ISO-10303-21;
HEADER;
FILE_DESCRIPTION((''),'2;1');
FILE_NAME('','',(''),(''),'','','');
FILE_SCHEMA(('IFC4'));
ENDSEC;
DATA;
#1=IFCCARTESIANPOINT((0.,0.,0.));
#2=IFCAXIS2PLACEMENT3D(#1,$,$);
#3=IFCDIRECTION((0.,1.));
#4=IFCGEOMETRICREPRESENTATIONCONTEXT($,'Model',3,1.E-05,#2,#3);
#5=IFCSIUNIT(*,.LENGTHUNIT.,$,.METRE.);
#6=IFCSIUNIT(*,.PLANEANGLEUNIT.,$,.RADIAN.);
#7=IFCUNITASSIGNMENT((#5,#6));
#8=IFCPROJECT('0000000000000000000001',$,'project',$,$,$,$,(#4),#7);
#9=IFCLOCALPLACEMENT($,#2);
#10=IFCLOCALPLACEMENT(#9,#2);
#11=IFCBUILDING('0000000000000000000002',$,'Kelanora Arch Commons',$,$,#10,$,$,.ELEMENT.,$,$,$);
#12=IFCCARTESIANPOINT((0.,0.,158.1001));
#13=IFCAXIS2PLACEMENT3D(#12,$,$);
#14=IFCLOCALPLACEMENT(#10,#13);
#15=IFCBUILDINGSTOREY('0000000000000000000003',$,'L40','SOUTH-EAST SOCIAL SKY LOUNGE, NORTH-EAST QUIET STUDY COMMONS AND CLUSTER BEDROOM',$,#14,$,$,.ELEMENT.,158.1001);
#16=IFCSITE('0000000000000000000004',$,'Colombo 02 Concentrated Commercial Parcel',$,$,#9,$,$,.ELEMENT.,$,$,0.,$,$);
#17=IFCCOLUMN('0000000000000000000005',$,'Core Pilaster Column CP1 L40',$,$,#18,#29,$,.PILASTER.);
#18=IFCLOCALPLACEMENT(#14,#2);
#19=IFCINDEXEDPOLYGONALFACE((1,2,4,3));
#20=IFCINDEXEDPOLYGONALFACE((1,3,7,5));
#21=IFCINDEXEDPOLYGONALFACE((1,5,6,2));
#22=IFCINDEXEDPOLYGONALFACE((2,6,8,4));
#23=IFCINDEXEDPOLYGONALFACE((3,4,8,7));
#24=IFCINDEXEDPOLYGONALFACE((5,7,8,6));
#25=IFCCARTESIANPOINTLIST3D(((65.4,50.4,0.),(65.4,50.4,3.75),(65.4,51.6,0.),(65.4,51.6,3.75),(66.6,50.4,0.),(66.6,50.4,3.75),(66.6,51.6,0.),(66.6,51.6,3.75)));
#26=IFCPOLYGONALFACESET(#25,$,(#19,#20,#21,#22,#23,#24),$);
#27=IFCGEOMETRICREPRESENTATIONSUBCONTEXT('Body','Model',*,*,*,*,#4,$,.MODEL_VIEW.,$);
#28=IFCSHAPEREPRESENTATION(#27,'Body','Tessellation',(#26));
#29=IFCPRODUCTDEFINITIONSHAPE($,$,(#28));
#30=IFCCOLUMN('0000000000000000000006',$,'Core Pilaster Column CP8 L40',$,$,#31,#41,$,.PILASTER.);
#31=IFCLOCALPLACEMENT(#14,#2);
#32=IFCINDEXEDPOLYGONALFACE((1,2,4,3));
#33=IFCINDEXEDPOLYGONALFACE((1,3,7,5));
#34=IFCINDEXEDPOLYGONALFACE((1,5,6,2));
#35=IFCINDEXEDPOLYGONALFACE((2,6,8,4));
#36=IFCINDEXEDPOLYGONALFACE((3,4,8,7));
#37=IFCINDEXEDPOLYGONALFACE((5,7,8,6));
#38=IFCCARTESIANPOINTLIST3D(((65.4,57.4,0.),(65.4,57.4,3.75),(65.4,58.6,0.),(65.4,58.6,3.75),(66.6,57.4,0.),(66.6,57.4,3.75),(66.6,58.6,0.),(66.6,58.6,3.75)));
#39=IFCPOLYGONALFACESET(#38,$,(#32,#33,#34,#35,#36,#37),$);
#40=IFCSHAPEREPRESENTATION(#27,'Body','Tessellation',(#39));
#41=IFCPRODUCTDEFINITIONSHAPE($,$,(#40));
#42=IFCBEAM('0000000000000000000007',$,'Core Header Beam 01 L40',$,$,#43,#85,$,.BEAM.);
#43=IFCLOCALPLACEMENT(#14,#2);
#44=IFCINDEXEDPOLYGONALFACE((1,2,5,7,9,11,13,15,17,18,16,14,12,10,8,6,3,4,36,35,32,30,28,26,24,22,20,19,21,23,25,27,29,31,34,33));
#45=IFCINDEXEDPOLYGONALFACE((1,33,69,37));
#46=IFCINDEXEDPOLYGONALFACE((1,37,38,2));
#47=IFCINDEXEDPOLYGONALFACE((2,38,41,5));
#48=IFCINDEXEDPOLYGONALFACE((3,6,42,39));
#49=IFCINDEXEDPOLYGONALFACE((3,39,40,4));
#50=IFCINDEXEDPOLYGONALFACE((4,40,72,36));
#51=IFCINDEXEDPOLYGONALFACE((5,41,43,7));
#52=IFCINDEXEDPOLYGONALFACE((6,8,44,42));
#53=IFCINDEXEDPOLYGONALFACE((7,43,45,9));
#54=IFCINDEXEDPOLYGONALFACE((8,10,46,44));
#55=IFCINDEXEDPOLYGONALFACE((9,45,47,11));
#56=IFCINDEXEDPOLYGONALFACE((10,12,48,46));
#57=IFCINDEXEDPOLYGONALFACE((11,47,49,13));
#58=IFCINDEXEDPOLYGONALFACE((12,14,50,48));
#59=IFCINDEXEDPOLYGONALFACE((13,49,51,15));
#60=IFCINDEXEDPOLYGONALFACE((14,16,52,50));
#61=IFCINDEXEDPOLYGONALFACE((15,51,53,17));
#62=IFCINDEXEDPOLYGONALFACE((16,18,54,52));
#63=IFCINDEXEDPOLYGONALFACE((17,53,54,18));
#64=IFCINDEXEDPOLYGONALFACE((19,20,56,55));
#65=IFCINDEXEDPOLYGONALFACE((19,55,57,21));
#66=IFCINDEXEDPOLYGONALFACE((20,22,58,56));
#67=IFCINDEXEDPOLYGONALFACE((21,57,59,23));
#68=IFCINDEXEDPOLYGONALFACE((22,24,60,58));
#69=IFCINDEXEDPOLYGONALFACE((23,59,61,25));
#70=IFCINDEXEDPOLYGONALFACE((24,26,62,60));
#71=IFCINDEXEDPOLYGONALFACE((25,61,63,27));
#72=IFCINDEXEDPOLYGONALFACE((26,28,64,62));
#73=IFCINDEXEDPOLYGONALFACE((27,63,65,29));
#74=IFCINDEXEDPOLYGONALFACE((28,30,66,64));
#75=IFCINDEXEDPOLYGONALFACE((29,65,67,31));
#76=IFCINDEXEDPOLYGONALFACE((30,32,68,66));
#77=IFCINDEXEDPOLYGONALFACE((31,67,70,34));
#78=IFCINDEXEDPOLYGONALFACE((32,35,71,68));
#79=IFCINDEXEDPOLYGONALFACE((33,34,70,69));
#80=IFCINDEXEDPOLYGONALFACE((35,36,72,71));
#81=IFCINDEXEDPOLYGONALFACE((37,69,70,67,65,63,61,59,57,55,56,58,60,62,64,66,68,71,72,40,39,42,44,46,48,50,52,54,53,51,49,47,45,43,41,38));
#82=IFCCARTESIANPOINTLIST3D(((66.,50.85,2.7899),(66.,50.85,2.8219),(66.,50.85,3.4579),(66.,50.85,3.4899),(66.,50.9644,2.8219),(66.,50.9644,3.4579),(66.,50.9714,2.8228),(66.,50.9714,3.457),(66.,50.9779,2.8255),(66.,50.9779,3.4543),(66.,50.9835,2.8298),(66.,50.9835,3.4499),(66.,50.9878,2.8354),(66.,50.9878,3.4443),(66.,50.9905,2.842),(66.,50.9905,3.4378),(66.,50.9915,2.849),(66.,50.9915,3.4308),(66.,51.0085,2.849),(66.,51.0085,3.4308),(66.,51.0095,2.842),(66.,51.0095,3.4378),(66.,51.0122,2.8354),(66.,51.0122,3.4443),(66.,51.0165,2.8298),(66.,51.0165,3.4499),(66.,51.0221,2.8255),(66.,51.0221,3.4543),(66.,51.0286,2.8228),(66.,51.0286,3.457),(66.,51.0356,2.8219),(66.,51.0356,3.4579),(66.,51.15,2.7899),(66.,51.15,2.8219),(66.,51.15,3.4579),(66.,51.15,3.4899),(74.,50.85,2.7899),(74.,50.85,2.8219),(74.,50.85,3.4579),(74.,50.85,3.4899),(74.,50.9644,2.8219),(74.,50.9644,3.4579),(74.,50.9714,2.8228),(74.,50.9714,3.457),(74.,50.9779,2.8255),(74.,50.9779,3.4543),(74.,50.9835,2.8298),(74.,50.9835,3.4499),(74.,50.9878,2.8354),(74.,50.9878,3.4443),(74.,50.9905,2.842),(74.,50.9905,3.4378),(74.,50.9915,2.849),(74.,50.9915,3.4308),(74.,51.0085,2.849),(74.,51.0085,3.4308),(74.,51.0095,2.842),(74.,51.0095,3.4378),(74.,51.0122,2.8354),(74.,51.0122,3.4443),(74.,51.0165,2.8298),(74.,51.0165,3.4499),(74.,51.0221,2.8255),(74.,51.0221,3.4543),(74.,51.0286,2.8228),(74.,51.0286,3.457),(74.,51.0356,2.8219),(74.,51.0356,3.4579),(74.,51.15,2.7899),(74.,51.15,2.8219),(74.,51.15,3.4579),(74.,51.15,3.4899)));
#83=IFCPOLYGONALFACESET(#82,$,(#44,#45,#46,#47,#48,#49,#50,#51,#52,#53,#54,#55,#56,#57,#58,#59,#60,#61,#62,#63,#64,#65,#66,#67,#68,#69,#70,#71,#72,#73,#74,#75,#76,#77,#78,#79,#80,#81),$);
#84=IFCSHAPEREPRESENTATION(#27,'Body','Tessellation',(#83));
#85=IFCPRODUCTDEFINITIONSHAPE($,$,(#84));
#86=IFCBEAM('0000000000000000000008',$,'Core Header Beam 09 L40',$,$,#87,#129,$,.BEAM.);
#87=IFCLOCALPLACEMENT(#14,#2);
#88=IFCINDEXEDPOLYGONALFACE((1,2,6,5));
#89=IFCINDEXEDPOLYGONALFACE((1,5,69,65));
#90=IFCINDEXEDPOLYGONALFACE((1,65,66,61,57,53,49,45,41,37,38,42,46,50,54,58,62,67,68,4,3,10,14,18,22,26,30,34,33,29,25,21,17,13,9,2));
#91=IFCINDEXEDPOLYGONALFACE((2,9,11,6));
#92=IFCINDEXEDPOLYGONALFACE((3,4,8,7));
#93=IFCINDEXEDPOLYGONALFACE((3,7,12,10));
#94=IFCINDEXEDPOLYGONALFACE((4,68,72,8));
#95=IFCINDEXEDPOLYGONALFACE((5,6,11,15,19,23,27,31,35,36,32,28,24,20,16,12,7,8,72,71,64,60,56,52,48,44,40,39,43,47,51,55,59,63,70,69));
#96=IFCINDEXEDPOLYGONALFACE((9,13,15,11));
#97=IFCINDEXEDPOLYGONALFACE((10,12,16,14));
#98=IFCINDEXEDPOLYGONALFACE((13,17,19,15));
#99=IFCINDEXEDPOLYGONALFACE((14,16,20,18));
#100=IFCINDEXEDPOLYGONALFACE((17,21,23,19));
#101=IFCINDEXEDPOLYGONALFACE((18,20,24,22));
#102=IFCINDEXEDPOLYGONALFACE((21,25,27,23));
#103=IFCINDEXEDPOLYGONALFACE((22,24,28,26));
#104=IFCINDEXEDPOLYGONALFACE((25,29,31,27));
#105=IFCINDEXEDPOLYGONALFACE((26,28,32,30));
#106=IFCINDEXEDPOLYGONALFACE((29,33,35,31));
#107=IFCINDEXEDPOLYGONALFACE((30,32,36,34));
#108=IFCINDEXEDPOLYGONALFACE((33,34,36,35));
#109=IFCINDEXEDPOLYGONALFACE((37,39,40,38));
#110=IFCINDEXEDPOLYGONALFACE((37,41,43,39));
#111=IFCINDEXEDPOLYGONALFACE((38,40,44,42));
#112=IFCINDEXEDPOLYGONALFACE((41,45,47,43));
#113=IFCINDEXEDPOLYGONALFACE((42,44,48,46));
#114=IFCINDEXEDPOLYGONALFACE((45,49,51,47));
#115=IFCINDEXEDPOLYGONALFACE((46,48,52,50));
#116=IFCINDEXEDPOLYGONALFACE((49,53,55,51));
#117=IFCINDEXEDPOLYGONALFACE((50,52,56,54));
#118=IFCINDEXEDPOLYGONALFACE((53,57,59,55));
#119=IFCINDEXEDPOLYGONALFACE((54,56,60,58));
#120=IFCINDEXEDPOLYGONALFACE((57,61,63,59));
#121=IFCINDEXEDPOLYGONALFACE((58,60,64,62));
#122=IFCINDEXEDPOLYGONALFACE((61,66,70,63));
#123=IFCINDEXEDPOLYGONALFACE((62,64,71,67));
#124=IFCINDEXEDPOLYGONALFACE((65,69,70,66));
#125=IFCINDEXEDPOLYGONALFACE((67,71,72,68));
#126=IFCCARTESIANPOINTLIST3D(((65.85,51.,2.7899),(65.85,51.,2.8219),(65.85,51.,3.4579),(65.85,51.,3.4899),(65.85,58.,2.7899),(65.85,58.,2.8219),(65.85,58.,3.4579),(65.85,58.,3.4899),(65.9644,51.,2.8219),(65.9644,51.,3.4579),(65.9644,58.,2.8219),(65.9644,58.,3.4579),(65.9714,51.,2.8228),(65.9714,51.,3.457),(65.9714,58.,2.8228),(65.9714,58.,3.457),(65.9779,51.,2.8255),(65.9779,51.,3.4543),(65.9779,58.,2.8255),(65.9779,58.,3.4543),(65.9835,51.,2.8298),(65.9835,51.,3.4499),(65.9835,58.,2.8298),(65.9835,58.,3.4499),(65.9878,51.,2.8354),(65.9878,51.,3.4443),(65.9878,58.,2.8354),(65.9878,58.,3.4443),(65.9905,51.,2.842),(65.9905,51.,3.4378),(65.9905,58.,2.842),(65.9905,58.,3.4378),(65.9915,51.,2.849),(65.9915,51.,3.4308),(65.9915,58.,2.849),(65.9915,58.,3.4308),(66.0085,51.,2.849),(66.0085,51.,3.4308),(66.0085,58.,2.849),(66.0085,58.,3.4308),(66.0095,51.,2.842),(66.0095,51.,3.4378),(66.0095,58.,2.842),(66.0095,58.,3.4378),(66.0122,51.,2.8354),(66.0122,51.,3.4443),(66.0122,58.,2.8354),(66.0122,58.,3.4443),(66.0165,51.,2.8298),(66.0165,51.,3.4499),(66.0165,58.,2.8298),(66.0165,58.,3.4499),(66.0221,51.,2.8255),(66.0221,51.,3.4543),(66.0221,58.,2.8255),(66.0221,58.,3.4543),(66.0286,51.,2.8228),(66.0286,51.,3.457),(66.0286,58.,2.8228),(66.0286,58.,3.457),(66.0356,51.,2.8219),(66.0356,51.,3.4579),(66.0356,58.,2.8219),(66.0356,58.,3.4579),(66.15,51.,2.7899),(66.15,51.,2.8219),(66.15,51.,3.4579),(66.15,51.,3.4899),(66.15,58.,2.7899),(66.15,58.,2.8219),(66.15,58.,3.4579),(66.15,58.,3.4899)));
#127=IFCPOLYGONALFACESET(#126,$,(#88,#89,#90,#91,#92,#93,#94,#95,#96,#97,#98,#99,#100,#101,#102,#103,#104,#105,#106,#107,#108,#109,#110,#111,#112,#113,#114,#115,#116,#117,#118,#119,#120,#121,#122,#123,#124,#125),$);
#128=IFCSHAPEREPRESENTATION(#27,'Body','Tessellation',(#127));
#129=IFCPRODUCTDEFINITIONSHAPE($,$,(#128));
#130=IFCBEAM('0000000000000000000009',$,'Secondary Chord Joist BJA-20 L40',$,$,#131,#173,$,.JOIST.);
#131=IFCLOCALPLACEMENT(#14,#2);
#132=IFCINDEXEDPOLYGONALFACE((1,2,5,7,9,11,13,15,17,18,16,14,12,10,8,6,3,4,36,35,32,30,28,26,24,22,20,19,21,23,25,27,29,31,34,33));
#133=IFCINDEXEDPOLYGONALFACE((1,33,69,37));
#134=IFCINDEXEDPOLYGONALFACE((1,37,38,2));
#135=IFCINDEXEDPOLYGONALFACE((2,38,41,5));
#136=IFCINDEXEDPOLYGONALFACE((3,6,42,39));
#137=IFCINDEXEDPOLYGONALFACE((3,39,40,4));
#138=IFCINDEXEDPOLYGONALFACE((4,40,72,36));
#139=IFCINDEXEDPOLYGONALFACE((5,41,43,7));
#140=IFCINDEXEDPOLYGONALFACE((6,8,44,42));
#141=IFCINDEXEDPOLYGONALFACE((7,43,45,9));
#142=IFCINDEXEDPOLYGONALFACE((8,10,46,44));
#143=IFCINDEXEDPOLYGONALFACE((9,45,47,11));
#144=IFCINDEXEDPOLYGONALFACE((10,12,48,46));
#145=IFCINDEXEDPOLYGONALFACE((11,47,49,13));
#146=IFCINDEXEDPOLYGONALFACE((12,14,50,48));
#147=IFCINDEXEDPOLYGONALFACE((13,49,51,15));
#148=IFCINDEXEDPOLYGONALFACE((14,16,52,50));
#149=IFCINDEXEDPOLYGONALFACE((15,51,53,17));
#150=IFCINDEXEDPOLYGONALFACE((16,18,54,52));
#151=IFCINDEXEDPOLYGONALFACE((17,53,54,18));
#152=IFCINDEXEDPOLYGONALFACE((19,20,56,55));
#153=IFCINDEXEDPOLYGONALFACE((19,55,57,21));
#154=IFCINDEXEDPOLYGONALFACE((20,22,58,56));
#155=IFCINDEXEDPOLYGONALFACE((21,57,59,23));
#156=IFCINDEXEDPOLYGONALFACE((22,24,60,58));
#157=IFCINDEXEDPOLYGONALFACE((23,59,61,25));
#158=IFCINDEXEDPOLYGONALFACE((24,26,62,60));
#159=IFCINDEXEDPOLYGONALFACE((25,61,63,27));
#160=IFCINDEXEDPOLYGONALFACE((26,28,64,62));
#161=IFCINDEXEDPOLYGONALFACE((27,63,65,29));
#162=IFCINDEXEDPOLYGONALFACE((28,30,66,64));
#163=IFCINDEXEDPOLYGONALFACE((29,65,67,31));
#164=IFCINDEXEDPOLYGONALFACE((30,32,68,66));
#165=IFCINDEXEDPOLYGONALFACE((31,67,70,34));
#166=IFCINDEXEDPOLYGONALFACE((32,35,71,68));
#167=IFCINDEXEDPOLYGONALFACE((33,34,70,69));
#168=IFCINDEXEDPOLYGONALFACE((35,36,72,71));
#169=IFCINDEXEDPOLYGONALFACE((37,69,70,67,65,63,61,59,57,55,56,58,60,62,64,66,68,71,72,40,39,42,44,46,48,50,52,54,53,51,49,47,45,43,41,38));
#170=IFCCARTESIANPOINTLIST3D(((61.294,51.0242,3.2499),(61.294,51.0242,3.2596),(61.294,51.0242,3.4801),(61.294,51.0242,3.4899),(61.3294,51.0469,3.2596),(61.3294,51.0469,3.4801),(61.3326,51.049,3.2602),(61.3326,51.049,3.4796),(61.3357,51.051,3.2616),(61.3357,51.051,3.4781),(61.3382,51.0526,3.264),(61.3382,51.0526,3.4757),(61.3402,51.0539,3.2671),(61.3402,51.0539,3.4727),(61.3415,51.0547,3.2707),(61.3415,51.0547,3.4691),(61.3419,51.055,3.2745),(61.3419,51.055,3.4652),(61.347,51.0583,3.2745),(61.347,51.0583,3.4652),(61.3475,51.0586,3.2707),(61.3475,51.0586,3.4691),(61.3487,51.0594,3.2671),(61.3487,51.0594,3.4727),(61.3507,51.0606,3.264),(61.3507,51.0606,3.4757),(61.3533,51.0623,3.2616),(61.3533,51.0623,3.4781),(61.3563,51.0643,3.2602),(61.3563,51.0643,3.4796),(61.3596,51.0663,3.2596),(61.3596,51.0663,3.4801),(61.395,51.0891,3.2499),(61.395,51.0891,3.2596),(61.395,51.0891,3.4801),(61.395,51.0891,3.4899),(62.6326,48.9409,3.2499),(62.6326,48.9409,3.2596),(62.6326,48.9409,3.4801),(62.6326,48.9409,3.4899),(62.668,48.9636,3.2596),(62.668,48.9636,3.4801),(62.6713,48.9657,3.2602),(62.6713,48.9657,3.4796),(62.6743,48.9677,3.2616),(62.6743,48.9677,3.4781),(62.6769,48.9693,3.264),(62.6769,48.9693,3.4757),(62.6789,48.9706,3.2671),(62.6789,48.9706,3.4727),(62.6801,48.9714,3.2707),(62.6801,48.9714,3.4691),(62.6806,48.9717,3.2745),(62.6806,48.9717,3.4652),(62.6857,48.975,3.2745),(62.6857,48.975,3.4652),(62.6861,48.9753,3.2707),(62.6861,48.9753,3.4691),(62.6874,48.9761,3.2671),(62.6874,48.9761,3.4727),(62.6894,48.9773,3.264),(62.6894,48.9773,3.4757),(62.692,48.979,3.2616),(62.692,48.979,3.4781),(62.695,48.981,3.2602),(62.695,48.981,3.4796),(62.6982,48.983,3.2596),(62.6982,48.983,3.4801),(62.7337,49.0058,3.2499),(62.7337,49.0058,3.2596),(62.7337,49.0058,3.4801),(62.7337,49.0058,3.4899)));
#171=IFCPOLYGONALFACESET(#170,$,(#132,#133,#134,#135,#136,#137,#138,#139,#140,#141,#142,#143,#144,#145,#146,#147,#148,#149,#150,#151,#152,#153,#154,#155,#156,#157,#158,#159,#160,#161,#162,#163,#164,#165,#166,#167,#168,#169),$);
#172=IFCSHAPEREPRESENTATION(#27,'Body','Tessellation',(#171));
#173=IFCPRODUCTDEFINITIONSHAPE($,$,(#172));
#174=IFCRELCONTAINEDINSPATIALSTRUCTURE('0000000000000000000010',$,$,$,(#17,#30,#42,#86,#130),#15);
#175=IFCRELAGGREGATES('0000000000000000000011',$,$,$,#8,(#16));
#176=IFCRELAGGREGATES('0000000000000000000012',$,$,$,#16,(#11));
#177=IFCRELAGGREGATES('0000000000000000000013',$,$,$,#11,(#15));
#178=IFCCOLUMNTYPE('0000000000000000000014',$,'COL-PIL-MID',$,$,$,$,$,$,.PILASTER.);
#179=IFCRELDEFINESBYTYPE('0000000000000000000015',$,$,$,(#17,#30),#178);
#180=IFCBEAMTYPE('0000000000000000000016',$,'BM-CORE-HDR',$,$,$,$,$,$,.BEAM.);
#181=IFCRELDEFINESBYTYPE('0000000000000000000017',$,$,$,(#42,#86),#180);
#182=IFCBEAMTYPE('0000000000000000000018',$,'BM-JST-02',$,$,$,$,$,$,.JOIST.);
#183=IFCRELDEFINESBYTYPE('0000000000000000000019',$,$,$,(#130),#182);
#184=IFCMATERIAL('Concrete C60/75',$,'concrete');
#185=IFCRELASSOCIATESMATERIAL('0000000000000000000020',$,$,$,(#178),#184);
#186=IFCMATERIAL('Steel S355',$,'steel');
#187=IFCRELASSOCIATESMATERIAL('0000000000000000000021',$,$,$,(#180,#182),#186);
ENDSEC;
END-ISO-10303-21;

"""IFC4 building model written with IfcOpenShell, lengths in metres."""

from ifc_helpers import new_model, si_unit, direction, frame, origin, origin_2d, place, context, subcontext, project, spatial, rectangle, i_section, extrude, material, material_profile, profile_set, type_object, element, save


model = new_model("IFC4")

# Units and contexts
model_context = context("Model", 3, precision=1e-05, world=origin(), true_north=direction((0.0, 1.0)))
body_context = subcontext(model_context, "Body", "Model", "MODEL_VIEW")
ifc_project = project(units=[si_unit("LENGTHUNIT", "METRE"), si_unit("PLANEANGLEUNIT", "RADIAN")], contexts=[model_context])

# Site, building, storey
site_placement = place(None, origin())
site = spatial("IfcSite", under=ifc_project, at=site_placement, Name="Colombo 02 Concentrated Commercial Parcel", CompositionType="ELEMENT", RefElevation=0.0)
building_placement = place(site_placement, origin())
building = spatial("IfcBuilding", under=site, at=building_placement, Name="Kelanora Arch Commons", CompositionType="ELEMENT")
storey_placement = place(building_placement, frame((0.0, 0.0, 158.1001)))
storey = spatial("IfcBuildingStorey", under=building, at=storey_placement, Name="L40", Description="SOUTH-EAST SOCIAL SKY LOUNGE, NORTH-EAST QUIET STUDY COMMONS AND CLUSTER BEDROOM", CompositionType="ELEMENT", Elevation=158.1001)

# Columns
ifc_material_1 = material(Name="Concrete C60/75", Category="concrete")
ifc_material_profile_1 = material_profile(ifc_material_1, rectangle(XDim=1.2, YDim=1.2, at=origin_2d()), Name="RC1200x1200")
ifc_profile_set_1 = profile_set([ifc_material_profile_1], Name="Concrete C60/75")
column_type = type_object("IfcColumnType", Name="COL-PIL-MID", PredefinedType="PILASTER", material=ifc_profile_set_1)
for number, where, z_axis, x_axis, name in (
    (1, (66.0, 51.0, 0.0), (0.0, 0.0, 1.0), (1.0, 0.0, 0.0), "Core Pilaster Column CP1 L40"),
    (2, (66.0, 58.0, 0.0), (0.0, 0.0, 1.0), (1.0, 0.0, 0.0), "Core Pilaster Column CP8 L40"),
):
    element("IfcColumn", number, at=place(storey_placement, frame(where, z_axis=z_axis, x_axis=x_axis)), inside=storey, type_object=column_type, Name=name, PredefinedType="PILASTER", context=body_context, shape_type="SweptSolid", body=[
        extrude(rectangle(XDim=1.2, YDim=1.2, at=origin_2d()), origin(), (0.0, 0.0, 1.0), 3.75),
    ])

# Beams
ifc_material_2 = material(Name="Steel S355", Category="steel")
ifc_material_profile_2 = material_profile(ifc_material_2, i_section(OverallWidth=0.3, OverallDepth=0.7, WebThickness=0.0171, FlangeThickness=0.032, FilletRadius=0.0271, at=origin_2d()), Name="HEB700")
ifc_profile_set_2 = profile_set([ifc_material_profile_2], Name="Steel S355")
beam_type_1 = type_object("IfcBeamType", Name="BM-CORE-HDR", PredefinedType="BEAM", material=ifc_profile_set_2)
beam_1_placement = place(storey_placement, frame((66.0, 51.0, 3.1399), z_axis=(1.0, 0.0, 0.0), x_axis=(0.0, 1.0, 0.0)))
element("IfcBeam", 3, at=beam_1_placement, inside=storey, type_object=beam_type_1, Name="Core Header Beam 01 L40", PredefinedType="BEAM", context=body_context, shape_type="SweptSolid", body=[
    extrude(i_section(OverallWidth=0.3, OverallDepth=0.7, WebThickness=0.0171, FlangeThickness=0.032, FilletRadius=0.0271, at=origin_2d()), origin(), (0.0, 0.0, 1.0), 8.0),
])
beam_2_placement = place(storey_placement, frame((66.0, 58.0, 3.1399), z_axis=(0.0, -1.0, 0.0), x_axis=(1.0, 0.0, 0.0)))
element("IfcBeam", 4, at=beam_2_placement, inside=storey, type_object=beam_type_1, Name="Core Header Beam 09 L40", PredefinedType="BEAM", context=body_context, shape_type="SweptSolid", body=[
    extrude(i_section(OverallWidth=0.3, OverallDepth=0.7, WebThickness=0.0171, FlangeThickness=0.032, FilletRadius=0.0271, at=origin_2d()), origin(), (0.0, 0.0, 1.0), 7.0),
])
ifc_material_profile_3 = material_profile(ifc_material_2, i_section(OverallWidth=0.1201, OverallDepth=0.24, WebThickness=0.0061, FlangeThickness=0.0098, FilletRadius=0.0149, at=origin_2d()), Name="IPE240")
ifc_profile_set_3 = profile_set([ifc_material_profile_3], Name="Steel S355")
beam_type_2 = type_object("IfcBeamType", Name="BM-JST-02", PredefinedType="JOIST", material=ifc_profile_set_3)
beam_3_placement = place(storey_placement, frame((61.3445, 51.0566, 3.3699), z_axis=(0.540583, -0.841291, 0.0), x_axis=(0.841291, 0.540583, 0.0)))
element("IfcBeam", 5, at=beam_3_placement, inside=storey, type_object=beam_type_2, Name="Secondary Chord Joist BJA-20 L40", PredefinedType="JOIST", context=body_context, shape_type="SweptSolid", body=[
    extrude(i_section(OverallWidth=0.1201, OverallDepth=0.24, WebThickness=0.0061, FlangeThickness=0.0098, FilletRadius=0.0149, at=origin_2d()), origin(), (0.0, 0.0, 1.0), 2.4763),
])

save(model, "model.ifc")
